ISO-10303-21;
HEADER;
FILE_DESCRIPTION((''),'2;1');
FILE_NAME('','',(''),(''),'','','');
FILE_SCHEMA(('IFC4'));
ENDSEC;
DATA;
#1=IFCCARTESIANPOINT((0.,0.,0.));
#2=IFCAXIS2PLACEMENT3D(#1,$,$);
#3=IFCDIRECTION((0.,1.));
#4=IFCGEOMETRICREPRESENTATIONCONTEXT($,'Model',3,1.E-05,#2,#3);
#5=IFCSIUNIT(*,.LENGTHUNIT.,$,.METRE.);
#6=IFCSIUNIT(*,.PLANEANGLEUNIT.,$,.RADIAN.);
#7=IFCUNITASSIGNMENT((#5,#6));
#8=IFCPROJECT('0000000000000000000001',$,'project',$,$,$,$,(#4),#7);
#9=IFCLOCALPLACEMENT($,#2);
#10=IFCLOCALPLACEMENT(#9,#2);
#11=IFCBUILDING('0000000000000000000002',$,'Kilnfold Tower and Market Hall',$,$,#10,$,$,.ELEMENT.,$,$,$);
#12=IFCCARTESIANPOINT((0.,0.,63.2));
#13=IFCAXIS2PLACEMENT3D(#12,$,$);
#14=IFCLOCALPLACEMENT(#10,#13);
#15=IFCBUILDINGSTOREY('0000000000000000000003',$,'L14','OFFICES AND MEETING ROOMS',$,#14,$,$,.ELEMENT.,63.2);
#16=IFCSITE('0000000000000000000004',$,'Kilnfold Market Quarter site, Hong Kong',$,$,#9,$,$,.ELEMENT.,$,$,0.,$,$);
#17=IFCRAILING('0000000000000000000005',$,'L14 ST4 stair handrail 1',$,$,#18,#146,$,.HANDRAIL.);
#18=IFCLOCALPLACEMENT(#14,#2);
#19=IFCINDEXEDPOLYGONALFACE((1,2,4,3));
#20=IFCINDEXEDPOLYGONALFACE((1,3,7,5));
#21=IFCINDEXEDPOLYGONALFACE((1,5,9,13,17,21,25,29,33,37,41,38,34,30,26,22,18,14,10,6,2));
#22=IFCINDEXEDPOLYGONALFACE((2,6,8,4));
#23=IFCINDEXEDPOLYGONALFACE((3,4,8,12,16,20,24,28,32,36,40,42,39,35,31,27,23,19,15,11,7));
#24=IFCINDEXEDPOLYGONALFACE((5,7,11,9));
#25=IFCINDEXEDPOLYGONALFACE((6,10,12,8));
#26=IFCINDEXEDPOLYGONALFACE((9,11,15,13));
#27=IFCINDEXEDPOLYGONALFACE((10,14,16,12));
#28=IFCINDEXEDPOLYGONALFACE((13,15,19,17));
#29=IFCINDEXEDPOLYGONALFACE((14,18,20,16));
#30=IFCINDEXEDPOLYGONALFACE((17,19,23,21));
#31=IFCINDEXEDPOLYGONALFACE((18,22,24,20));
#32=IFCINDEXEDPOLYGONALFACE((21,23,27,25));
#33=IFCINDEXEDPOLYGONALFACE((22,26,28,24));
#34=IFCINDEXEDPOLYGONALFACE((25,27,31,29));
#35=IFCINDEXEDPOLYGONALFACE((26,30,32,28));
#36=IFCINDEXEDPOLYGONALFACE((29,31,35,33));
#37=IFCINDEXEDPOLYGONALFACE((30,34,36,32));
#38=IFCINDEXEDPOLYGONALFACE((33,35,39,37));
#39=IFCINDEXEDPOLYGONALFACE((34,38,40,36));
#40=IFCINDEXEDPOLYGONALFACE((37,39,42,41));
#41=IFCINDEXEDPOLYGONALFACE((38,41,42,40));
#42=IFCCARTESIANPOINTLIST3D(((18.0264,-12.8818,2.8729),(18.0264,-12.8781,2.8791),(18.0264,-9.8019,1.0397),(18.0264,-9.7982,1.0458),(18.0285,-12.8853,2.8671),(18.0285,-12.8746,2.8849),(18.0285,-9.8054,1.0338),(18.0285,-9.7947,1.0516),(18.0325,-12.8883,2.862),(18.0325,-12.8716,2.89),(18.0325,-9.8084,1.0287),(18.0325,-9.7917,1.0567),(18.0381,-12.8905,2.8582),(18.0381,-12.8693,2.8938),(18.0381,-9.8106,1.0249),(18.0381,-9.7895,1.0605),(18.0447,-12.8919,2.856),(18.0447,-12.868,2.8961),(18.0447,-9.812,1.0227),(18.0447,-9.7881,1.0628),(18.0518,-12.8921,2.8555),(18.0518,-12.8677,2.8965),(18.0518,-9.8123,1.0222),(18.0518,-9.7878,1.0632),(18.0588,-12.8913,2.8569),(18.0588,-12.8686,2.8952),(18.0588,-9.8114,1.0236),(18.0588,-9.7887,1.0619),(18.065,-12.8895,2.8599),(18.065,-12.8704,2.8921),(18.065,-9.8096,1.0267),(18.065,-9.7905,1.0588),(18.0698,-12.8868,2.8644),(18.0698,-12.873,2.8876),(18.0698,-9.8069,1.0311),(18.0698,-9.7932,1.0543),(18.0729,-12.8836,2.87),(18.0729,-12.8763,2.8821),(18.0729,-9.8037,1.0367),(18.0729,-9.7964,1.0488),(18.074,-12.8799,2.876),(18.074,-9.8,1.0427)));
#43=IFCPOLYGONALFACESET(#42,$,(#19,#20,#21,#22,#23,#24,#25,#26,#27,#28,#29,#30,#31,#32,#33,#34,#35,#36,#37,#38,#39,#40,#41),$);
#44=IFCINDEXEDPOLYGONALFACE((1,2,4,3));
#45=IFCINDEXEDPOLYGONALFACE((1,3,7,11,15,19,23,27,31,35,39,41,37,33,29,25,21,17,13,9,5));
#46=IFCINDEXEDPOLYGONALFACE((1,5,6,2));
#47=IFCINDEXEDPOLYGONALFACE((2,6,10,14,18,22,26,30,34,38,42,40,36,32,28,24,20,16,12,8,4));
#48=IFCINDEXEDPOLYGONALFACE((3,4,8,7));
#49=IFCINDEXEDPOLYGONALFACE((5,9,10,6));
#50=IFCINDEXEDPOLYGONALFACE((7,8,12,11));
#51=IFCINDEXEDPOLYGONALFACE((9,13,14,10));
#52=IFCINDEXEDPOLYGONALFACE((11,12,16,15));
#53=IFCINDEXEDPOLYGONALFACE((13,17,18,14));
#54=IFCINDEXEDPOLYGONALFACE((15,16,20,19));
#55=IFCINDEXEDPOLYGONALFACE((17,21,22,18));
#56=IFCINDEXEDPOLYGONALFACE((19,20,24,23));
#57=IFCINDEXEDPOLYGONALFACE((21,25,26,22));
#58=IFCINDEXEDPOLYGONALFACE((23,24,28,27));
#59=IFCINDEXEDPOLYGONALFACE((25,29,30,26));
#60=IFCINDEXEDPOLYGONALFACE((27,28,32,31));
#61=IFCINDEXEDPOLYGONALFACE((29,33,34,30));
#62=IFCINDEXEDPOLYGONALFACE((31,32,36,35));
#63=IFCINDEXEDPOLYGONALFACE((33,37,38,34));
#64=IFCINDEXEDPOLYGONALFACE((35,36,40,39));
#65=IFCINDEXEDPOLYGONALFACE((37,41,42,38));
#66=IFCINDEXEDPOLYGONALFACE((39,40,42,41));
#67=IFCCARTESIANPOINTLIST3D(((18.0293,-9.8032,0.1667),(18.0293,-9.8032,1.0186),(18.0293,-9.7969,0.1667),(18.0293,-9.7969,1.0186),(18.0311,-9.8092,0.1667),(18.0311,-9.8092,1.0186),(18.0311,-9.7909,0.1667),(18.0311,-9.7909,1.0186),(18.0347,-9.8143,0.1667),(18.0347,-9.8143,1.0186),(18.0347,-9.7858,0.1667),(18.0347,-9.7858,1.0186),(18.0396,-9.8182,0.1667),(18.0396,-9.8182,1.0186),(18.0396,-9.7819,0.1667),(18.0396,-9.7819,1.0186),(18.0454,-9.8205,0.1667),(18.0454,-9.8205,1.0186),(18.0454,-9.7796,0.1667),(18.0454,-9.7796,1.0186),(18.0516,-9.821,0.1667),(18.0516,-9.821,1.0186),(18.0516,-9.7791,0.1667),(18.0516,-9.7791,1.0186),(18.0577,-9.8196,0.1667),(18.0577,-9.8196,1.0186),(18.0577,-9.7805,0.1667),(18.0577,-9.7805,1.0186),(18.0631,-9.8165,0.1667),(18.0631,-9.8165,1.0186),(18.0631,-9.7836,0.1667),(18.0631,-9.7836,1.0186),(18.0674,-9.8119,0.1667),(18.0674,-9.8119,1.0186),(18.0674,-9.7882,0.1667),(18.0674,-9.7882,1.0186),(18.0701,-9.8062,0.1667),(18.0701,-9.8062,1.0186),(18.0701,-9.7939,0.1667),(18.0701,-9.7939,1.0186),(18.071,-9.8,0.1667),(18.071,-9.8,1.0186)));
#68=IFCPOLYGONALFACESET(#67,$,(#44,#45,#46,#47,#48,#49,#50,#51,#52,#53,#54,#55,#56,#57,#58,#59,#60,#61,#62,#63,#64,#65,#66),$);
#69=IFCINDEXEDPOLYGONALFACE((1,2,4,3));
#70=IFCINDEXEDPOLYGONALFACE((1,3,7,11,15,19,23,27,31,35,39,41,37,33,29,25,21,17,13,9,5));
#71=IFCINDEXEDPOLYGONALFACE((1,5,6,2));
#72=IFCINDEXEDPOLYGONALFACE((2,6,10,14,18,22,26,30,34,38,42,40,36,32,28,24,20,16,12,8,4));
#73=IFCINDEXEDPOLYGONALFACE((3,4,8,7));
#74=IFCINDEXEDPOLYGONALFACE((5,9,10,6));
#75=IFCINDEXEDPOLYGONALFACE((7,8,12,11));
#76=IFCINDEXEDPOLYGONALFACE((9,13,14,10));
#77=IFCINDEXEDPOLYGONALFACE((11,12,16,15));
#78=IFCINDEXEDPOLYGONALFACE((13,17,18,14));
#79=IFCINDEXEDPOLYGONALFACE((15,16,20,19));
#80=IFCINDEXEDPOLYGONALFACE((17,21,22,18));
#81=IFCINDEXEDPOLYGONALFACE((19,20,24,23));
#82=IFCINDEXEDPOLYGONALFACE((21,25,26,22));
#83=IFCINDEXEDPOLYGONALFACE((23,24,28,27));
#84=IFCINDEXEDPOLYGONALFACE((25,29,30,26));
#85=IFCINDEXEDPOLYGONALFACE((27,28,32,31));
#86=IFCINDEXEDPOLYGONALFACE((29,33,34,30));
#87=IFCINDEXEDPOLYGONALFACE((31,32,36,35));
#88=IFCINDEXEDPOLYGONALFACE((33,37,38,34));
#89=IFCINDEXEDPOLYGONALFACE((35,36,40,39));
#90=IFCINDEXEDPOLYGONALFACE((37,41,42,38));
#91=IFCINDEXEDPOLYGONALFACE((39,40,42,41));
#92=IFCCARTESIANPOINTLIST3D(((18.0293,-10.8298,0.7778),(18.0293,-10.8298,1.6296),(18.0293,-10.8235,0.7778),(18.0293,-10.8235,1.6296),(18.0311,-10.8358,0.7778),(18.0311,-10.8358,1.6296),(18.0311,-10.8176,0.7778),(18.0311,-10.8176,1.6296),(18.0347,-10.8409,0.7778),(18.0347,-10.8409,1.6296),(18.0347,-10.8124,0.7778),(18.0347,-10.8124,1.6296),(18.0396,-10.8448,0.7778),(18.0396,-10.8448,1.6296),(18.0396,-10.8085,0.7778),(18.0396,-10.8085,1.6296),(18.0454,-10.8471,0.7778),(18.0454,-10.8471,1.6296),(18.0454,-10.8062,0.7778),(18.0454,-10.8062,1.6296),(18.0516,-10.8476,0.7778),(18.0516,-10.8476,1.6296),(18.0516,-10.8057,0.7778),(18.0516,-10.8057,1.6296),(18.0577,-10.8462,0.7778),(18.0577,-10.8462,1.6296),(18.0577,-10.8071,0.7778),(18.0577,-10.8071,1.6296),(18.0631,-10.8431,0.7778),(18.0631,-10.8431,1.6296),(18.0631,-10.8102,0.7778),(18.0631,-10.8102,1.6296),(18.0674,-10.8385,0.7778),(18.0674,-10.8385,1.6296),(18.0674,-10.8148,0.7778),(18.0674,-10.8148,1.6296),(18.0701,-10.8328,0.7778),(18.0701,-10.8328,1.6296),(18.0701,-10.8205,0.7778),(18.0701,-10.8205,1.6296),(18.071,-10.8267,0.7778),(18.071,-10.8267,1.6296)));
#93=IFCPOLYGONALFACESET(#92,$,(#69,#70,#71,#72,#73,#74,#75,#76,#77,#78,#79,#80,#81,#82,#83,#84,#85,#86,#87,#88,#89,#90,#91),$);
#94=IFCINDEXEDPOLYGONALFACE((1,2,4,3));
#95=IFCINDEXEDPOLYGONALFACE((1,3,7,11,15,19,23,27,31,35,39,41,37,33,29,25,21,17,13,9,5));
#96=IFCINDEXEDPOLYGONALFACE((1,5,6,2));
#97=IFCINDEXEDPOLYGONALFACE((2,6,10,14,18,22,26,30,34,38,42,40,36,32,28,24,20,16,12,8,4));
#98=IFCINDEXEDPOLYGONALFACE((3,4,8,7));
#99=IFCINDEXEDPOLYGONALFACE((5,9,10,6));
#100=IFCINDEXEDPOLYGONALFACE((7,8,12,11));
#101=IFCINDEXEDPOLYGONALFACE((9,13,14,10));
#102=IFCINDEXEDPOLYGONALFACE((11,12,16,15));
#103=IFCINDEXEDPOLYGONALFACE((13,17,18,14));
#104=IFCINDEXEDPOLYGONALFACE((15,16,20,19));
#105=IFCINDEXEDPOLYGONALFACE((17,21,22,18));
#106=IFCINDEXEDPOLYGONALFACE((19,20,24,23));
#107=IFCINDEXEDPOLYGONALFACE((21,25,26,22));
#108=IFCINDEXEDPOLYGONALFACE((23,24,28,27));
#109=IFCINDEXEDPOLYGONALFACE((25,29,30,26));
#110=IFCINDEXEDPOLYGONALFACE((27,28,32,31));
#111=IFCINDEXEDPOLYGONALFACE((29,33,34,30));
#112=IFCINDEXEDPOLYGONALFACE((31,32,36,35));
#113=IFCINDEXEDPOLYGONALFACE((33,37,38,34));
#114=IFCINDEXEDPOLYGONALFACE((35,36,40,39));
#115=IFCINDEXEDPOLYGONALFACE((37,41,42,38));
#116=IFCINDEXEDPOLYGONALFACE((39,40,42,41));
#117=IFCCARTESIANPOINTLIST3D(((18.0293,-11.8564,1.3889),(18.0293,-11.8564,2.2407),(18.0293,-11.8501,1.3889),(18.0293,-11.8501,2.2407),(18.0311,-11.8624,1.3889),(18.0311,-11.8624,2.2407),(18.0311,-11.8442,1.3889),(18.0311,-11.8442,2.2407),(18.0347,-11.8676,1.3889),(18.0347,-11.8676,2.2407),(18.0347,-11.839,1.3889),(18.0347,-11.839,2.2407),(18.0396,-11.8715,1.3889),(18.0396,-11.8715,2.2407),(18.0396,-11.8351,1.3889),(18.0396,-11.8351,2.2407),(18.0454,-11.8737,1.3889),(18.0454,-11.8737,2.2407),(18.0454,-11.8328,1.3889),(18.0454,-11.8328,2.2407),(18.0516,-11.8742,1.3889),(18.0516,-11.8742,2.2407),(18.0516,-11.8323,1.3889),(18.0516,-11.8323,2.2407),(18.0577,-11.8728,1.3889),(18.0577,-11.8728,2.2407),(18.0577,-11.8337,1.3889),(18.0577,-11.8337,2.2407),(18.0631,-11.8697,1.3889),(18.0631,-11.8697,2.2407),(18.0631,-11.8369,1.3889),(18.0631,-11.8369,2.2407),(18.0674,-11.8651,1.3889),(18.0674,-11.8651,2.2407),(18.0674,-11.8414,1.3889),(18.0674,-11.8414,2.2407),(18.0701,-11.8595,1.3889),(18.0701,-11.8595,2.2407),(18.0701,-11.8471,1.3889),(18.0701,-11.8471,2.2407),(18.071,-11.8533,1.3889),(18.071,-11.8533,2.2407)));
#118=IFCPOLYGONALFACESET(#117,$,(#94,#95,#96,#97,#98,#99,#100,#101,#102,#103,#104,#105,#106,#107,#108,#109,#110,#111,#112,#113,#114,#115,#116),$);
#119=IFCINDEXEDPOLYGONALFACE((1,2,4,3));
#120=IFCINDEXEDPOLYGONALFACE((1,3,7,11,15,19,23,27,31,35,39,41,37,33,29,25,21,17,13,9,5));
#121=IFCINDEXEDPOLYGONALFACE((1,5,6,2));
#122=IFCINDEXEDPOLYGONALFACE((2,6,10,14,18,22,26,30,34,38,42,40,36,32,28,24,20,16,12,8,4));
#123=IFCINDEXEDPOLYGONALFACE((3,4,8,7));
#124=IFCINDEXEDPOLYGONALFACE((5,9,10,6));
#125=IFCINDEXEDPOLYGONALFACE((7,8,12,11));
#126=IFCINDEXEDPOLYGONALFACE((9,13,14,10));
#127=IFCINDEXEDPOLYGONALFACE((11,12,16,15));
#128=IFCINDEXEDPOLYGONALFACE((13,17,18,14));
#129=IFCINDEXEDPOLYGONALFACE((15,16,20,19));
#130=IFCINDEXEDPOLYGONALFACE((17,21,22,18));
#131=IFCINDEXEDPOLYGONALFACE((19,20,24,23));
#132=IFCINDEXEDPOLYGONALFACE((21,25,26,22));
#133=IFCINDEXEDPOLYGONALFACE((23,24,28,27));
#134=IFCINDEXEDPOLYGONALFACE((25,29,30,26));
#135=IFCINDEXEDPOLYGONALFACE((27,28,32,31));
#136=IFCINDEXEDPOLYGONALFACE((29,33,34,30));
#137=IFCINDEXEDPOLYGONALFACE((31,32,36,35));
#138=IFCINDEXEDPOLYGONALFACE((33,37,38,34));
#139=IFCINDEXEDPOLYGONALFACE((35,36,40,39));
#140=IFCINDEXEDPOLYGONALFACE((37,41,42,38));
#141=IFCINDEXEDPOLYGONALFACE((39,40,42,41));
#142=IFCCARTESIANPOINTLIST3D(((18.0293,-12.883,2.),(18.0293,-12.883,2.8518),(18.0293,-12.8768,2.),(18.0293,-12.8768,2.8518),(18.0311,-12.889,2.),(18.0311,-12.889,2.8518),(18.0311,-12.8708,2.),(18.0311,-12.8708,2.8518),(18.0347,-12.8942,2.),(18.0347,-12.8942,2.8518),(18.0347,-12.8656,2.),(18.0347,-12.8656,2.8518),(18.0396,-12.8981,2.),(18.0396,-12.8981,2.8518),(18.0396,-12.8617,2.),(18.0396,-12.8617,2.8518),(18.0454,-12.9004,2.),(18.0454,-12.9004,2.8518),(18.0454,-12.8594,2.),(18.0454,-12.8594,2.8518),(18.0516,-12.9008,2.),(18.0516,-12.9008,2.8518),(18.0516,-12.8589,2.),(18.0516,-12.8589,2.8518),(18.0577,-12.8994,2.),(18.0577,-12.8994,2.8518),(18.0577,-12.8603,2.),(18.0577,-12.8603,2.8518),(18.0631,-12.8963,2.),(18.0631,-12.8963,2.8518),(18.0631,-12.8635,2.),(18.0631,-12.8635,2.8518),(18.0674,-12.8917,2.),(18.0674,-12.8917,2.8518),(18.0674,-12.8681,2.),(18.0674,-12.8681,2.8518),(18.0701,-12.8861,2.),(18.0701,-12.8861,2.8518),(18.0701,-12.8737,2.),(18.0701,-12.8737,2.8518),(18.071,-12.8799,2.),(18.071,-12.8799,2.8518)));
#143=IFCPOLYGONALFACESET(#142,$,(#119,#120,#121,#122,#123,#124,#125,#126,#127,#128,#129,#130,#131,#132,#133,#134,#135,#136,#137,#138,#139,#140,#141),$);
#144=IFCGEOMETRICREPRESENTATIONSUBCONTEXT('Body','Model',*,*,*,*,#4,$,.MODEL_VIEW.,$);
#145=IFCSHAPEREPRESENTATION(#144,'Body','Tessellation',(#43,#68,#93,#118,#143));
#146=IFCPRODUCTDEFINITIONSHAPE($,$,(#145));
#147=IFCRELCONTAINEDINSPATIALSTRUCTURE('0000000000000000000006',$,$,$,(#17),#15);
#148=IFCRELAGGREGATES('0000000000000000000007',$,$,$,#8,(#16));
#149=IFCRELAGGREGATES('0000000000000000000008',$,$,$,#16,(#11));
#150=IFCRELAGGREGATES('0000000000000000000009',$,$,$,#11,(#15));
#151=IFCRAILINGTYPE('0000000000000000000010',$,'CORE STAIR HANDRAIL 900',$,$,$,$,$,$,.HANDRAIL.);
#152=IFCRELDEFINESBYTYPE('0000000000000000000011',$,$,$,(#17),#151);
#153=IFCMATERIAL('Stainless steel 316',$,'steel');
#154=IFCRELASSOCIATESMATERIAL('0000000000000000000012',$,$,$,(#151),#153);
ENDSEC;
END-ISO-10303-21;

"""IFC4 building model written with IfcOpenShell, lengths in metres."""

from ifc_helpers import new_model, si_unit, direction, frame, origin, origin_2d, place, context, subcontext, project, spatial, circle, extrude, material, type_object, element, save


model = new_model("IFC4")

# Units and contexts
model_context = context("Model", 3, precision=1e-05, world=origin(), true_north=direction((0.0, 1.0)))
body_context = subcontext(model_context, "Body", "Model", "MODEL_VIEW")
ifc_project = project(units=[si_unit("LENGTHUNIT", "METRE"), si_unit("PLANEANGLEUNIT", "RADIAN")], contexts=[model_context])

# Site, building, storey
site_placement = place(None, origin())
site = spatial("IfcSite", under=ifc_project, at=site_placement, Name="Kilnfold Market Quarter site, Hong Kong", CompositionType="ELEMENT", RefElevation=0.0)
building_placement = place(site_placement, origin())
building = spatial("IfcBuilding", under=site, at=building_placement, Name="Kilnfold Tower and Market Hall", CompositionType="ELEMENT")
storey_placement = place(building_placement, frame((0.0, 0.0, 63.2)))
storey = spatial("IfcBuildingStorey", under=building, at=storey_placement, Name="L14", Description="OFFICES AND MEETING ROOMS", CompositionType="ELEMENT", Elevation=63.2)

# Railing
ifc_material_1 = material(Name="Stainless steel 316", Category="steel")
railing_type_1 = type_object("IfcRailingType", Name="CORE STAIR HANDRAIL 900", PredefinedType="HANDRAIL", material=ifc_material_1)
railing_1_placement = place(storey_placement, frame((18.05, -9.8, 0.1667)))
element("IfcRailing", 1, at=railing_1_placement, inside=storey, type_object=railing_type_1, Name="L14 ST4 stair handrail 1", PredefinedType="HANDRAIL", context=body_context, shape_type="SweptSolid", body=[
    extrude(circle(Radius=0.0239, at=origin_2d()), frame((0.0, 0.0, 0.876), z_axis=(0.0, -0.859291, 0.511487), x_axis=(1.0, 0.0, 0.0)), (0.0, 0.0, 1.0), 3.5842),
    extrude(circle(Radius=0.021, at=origin_2d()), origin(), (0.0, 0.0, 1.0), 0.8518),
    extrude(circle(Radius=0.021, at=origin_2d()), frame((0.0, -1.0266, 0.6111)), (0.0, 0.0, 1.0), 0.8518),
    extrude(circle(Radius=0.021, at=origin_2d()), frame((0.0, -2.0532, 1.2222)), (0.0, 0.0, 1.0), 0.8518),
    extrude(circle(Radius=0.021, at=origin_2d()), frame((0.0, -3.0798, 1.8333)), (0.0, 0.0, 1.0), 0.8518),
])

save(model, "model.ifc")
